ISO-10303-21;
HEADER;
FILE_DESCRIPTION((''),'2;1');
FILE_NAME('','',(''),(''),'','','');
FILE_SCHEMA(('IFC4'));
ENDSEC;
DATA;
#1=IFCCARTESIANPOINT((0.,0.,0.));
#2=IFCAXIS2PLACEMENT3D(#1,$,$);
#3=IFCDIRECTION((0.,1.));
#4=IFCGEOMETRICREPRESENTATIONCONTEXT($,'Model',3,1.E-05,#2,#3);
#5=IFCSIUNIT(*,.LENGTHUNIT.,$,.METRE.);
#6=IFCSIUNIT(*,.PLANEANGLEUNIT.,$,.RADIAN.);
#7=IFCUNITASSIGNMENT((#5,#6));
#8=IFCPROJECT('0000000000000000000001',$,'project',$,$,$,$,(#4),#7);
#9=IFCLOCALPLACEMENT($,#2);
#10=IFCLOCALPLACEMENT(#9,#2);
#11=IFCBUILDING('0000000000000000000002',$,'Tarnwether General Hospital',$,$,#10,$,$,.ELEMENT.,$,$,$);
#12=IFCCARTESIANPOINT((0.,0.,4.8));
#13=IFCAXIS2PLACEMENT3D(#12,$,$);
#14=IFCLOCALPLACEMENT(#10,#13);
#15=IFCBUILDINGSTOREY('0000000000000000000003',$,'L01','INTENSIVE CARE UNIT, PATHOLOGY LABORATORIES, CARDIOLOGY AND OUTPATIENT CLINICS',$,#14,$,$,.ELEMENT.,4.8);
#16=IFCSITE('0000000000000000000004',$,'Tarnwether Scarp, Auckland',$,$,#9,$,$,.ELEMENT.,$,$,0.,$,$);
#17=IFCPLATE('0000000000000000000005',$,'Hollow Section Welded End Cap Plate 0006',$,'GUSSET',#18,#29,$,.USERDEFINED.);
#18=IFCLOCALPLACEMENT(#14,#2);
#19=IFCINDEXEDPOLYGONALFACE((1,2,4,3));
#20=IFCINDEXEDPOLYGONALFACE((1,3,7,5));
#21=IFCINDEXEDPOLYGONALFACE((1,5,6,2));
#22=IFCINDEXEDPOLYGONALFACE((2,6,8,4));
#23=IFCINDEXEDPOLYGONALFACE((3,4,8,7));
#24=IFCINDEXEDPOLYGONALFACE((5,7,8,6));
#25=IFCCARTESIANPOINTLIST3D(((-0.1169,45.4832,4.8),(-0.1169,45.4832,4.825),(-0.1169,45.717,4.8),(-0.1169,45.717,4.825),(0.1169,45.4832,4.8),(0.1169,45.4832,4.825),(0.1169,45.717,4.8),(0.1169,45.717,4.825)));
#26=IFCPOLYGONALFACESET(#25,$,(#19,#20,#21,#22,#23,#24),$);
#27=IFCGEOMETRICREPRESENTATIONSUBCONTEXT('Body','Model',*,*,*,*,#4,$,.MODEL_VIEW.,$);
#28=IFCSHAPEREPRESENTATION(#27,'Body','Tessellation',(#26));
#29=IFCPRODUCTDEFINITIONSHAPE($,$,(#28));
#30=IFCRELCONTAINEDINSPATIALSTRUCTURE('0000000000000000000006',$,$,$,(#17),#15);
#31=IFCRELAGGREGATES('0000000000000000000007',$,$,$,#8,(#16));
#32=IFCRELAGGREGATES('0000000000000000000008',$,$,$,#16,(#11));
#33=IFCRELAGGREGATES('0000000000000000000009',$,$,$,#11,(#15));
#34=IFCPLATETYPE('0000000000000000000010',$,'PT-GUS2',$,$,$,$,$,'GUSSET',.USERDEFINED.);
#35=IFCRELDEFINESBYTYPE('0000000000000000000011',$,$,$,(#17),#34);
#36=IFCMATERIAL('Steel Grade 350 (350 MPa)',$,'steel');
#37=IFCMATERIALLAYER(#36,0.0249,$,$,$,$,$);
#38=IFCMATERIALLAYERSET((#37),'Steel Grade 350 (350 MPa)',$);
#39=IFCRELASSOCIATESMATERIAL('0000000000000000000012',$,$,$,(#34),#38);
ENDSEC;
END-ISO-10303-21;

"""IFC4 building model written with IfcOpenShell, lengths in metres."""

from ifc_helpers import new_model, si_unit, direction, frame, origin, origin_2d, place, context, subcontext, project, spatial, rectangle, extrude, material, layer, layer_set, type_object, element, save


model = new_model("IFC4")

# Units and contexts
model_context = context("Model", 3, precision=1e-05, world=origin(), true_north=direction((0.0, 1.0)))
body_context = subcontext(model_context, "Body", "Model", "MODEL_VIEW")
ifc_project = project(units=[si_unit("LENGTHUNIT", "METRE"), si_unit("PLANEANGLEUNIT", "RADIAN")], contexts=[model_context])

# Site, building, storey
site_placement = place(None, origin())
site = spatial("IfcSite", under=ifc_project, at=site_placement, Name="Tarnwether Scarp, Auckland", CompositionType="ELEMENT", RefElevation=0.0)
building_placement = place(site_placement, origin())
building = spatial("IfcBuilding", under=site, at=building_placement, Name="Tarnwether General Hospital", CompositionType="ELEMENT")
storey_placement = place(building_placement, frame((0.0, 0.0, 4.8)))
storey = spatial("IfcBuildingStorey", under=building, at=storey_placement, Name="L01", Description="INTENSIVE CARE UNIT, PATHOLOGY LABORATORIES, CARDIOLOGY AND OUTPATIENT CLINICS", CompositionType="ELEMENT", Elevation=4.8)

# Plate
ifc_material_1 = material(Name="Steel Grade 350 (350 MPa)", Category="steel")
ifc_layer_1 = layer(ifc_material_1, 0.0249)
ifc_layer_set_1 = layer_set([ifc_layer_1], Name="Steel Grade 350 (350 MPa)")
plate_type_1 = type_object("IfcPlateType", Name="PT-GUS2", ElementType="GUSSET", PredefinedType="USERDEFINED", material=ifc_layer_set_1)
for number, where, z_axis, x_axis, name in (
    (1, (0.0, 45.6001, 4.8), (0.0, 0.0, 1.0), (1.0, 0.0, 0.0), "Hollow Section Welded End Cap Plate 0006"),
):
    element("IfcPlate", number, at=place(storey_placement, frame(where, z_axis=z_axis, x_axis=x_axis)), inside=storey, type_object=plate_type_1, Name=name, ObjectType="GUSSET", PredefinedType="USERDEFINED", context=body_context, shape_type="SweptSolid", body=[
        extrude(rectangle(XDim=0.2339, YDim=0.2339, at=origin_2d()), origin(), (0.0, 0.0, 1.0), 0.0249),
    ])

save(model, "model.ifc")
